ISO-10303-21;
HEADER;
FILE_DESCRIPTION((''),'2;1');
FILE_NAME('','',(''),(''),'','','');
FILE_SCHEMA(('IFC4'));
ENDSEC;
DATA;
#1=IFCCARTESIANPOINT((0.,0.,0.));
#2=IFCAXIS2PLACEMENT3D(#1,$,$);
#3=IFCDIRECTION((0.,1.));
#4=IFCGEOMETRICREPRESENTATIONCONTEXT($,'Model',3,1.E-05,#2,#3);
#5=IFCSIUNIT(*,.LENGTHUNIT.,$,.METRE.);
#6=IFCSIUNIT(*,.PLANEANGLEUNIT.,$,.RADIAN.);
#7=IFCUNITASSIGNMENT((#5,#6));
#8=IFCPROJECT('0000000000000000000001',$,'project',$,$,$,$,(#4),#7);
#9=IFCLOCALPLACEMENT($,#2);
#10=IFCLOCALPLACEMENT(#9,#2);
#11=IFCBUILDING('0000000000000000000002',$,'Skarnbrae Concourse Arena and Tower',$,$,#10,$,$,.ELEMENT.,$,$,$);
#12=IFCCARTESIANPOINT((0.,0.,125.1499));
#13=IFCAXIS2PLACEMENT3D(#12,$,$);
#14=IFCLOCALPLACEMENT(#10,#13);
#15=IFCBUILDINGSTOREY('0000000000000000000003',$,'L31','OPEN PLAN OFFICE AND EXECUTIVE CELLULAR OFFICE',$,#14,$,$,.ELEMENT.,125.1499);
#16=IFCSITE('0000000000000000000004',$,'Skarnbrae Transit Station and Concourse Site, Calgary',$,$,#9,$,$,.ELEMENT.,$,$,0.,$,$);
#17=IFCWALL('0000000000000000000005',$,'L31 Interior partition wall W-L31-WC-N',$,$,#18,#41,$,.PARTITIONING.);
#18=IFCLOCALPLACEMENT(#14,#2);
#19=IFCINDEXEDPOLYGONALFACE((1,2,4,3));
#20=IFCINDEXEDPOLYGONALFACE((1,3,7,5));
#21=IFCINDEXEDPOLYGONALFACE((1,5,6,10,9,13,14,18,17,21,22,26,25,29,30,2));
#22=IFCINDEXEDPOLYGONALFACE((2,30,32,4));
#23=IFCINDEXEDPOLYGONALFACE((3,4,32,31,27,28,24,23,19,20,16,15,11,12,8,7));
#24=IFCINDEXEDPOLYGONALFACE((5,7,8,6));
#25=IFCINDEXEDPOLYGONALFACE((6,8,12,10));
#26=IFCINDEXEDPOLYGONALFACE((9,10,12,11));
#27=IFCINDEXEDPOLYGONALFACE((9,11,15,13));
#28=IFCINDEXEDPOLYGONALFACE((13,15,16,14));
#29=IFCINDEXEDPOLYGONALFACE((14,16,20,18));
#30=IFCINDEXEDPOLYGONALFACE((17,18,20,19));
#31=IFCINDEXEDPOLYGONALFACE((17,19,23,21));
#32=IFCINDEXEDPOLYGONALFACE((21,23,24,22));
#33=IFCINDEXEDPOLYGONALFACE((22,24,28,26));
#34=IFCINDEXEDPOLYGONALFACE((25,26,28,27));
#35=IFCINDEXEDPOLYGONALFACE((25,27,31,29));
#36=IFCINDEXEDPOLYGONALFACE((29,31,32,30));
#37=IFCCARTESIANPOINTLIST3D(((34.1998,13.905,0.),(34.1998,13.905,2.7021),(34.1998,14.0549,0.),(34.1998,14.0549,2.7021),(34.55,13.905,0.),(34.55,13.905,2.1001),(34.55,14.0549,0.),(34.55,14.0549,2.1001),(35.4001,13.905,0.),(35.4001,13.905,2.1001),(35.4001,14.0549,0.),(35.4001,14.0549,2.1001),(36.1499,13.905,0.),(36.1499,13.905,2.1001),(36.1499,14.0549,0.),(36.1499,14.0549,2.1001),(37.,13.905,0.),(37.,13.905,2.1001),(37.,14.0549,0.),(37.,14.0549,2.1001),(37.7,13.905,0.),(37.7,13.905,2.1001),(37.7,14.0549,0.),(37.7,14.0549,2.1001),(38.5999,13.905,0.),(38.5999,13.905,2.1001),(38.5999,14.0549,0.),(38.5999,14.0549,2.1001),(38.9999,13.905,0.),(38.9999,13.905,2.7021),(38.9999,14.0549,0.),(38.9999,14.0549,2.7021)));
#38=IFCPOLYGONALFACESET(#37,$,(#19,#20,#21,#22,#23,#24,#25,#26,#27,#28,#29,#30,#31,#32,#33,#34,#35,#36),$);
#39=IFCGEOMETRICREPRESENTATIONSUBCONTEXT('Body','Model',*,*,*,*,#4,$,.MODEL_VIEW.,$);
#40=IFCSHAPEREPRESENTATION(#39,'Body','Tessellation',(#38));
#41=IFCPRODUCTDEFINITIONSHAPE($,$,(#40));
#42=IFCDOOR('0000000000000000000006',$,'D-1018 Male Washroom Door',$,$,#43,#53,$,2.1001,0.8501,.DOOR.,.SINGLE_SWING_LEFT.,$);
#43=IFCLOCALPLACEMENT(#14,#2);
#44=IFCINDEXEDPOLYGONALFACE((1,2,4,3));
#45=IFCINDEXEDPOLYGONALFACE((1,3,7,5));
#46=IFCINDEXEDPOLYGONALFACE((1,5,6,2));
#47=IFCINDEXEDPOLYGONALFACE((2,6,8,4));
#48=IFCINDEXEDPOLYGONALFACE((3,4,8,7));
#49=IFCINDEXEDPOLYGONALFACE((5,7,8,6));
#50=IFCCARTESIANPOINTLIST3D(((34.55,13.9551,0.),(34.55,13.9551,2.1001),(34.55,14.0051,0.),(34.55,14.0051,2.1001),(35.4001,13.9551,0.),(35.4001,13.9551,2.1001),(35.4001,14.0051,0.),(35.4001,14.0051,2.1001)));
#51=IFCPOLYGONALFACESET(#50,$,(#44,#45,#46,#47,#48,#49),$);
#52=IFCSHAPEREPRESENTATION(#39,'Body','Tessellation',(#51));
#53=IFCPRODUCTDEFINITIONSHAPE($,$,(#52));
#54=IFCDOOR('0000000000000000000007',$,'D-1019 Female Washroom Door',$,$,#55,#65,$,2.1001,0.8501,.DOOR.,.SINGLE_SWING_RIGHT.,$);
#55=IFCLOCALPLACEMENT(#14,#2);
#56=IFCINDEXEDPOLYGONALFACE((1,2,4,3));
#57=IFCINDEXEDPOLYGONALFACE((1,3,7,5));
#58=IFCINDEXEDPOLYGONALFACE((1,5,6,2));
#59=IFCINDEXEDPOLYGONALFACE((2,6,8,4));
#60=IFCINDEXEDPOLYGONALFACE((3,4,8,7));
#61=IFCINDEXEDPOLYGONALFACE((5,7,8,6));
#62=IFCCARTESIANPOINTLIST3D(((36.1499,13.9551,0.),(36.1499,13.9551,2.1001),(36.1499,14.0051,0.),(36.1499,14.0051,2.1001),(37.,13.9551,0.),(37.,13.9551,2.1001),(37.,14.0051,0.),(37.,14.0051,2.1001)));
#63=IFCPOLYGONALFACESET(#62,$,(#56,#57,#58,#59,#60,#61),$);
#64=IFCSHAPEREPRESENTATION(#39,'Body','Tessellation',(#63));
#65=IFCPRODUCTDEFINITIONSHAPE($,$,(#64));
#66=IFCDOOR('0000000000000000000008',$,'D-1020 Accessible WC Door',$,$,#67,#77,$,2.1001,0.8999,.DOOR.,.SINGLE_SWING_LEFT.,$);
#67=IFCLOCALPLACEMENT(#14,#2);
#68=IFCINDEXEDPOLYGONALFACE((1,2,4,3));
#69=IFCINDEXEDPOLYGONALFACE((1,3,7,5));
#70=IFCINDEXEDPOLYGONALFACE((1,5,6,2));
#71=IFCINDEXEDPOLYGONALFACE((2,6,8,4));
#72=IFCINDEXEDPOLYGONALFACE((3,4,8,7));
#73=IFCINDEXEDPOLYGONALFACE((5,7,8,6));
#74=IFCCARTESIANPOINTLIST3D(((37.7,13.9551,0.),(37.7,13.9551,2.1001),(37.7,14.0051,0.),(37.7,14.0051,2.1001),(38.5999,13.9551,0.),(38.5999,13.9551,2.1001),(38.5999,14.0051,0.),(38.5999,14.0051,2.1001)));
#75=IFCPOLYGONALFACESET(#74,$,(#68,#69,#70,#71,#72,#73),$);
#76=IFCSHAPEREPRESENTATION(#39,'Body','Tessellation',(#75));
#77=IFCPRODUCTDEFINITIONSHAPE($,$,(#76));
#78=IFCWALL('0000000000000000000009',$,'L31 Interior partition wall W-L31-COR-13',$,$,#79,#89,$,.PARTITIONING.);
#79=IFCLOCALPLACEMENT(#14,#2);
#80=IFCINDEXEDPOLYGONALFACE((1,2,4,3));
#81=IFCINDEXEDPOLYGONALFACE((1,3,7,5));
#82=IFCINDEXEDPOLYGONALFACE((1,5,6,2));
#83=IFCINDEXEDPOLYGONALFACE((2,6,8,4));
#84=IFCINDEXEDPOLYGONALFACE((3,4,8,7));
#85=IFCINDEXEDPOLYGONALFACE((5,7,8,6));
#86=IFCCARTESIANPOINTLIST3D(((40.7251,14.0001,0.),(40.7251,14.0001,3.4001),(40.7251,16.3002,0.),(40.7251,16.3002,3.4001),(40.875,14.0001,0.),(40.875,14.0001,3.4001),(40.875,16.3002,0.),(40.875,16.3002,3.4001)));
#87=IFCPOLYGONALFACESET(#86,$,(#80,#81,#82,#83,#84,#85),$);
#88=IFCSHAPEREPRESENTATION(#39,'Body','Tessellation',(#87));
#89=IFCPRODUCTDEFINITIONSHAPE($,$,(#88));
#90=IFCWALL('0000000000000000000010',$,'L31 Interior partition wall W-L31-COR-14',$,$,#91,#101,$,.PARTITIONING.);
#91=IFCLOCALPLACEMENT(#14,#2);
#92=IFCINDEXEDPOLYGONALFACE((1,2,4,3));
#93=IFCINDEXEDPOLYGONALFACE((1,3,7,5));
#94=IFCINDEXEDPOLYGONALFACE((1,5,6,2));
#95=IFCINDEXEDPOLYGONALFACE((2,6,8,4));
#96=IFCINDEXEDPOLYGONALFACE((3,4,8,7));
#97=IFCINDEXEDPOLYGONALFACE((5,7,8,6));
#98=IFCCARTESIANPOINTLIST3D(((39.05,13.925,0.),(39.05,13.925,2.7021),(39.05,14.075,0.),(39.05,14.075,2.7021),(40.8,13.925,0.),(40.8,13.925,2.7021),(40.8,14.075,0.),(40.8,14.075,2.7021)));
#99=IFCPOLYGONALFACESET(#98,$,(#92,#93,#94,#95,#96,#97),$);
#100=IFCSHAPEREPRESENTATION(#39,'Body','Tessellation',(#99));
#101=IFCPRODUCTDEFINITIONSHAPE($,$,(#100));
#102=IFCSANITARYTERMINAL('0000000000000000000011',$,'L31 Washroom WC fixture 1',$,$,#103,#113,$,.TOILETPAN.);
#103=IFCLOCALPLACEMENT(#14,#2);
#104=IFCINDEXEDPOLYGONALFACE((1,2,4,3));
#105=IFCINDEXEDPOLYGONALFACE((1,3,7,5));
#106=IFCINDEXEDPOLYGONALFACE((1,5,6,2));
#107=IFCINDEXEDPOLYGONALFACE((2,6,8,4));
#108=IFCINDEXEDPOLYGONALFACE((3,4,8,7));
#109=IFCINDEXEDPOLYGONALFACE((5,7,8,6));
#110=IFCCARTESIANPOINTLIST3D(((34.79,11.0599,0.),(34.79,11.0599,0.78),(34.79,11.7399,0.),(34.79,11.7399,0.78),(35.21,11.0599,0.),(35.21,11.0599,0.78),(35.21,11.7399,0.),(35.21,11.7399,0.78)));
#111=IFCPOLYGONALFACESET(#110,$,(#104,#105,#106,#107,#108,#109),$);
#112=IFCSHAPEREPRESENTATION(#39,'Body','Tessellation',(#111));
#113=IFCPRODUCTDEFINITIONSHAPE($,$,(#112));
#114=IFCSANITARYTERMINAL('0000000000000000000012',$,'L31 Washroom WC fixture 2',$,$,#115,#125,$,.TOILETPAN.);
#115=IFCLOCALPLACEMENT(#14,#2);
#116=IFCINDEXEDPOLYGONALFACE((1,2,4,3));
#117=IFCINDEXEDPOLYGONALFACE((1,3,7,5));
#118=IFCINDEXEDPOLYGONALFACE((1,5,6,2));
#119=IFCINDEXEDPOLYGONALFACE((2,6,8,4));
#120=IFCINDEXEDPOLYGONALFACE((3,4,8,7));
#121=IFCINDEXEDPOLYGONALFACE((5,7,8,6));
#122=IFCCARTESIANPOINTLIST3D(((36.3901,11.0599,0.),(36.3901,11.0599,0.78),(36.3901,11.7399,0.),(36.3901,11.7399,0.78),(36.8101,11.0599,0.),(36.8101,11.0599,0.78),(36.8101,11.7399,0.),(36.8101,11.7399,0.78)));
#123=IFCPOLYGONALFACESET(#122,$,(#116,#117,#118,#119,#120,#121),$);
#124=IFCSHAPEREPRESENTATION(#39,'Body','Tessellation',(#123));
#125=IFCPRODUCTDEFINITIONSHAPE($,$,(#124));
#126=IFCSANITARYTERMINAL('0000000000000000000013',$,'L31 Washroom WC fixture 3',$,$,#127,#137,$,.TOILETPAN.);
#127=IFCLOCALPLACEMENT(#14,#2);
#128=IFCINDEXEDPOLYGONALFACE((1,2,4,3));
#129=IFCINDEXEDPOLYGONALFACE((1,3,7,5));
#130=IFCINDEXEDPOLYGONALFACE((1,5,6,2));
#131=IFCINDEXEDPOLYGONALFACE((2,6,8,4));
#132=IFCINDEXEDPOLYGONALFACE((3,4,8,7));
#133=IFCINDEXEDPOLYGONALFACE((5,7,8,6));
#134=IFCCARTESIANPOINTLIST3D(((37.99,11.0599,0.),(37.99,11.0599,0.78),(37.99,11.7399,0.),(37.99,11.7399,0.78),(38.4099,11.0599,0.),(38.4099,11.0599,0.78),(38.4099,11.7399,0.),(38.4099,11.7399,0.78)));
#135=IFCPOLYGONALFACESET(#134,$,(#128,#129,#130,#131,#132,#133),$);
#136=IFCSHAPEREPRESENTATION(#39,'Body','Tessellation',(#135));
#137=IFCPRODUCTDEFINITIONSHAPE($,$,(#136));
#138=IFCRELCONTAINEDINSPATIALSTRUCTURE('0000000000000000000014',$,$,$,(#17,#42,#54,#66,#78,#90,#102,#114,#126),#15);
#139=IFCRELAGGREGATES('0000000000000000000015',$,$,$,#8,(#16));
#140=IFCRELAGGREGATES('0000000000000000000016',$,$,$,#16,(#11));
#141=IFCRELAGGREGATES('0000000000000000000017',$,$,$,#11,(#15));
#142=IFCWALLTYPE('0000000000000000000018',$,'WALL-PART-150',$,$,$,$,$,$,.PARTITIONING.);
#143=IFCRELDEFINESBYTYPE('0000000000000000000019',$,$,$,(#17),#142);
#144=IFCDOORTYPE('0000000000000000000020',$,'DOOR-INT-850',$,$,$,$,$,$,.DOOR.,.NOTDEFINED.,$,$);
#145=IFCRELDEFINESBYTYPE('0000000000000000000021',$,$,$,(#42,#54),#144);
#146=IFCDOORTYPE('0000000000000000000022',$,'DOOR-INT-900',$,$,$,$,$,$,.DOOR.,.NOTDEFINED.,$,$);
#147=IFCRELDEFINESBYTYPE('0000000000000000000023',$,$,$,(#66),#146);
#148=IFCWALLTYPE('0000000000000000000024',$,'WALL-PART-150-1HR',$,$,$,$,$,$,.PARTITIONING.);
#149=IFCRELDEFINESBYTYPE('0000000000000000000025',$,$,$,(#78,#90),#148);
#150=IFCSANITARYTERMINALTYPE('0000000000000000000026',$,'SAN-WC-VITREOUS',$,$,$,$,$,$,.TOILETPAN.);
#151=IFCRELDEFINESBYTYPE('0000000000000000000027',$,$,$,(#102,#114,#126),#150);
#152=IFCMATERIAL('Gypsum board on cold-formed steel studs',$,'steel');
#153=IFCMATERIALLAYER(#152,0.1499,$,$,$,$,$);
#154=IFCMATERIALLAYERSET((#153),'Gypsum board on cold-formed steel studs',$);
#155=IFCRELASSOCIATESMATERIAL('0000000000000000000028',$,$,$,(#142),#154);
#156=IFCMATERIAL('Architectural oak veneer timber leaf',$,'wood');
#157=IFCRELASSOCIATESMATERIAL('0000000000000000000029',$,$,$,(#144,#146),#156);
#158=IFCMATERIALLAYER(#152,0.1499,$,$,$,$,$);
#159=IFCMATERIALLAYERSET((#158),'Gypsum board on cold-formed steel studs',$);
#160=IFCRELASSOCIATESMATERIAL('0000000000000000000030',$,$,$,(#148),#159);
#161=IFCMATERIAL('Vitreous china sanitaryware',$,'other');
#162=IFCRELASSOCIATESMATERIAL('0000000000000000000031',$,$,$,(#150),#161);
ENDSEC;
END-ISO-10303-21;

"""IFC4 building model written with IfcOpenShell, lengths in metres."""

from ifc_helpers import new_model, si_unit, direction, frame, frame_2d, origin, origin_2d, place, context, subcontext, project, spatial, rectangle, extrude, source, transform, mapped, material, layer, layer_set, type_object, element, fill, save


model = new_model("IFC4")

# Units and contexts
model_context = context("Model", 3, precision=1e-05, world=origin(), true_north=direction((0.0, 1.0)))
body_context = subcontext(model_context, "Body", "Model", "MODEL_VIEW")
ifc_project = project(units=[si_unit("LENGTHUNIT", "METRE"), si_unit("PLANEANGLEUNIT", "RADIAN")], contexts=[model_context])

# Site, building, storey
site_placement = place(None, origin())
site = spatial("IfcSite", under=ifc_project, at=site_placement, Name="Skarnbrae Transit Station and Concourse Site, Calgary", CompositionType="ELEMENT", RefElevation=0.0)
building_placement = place(site_placement, origin())
building = spatial("IfcBuilding", under=site, at=building_placement, Name="Skarnbrae Concourse Arena and Tower", CompositionType="ELEMENT")
storey_placement = place(building_placement, frame((0.0, 0.0, 125.1499)))
storey = spatial("IfcBuildingStorey", under=building, at=storey_placement, Name="L31", Description="OPEN PLAN OFFICE AND EXECUTIVE CELLULAR OFFICE", CompositionType="ELEMENT", Elevation=125.1499)

# Shared definitions
ifc_material_1 = material(Name="Gypsum board on cold-formed steel studs", Category="steel")
ifc_layer_1 = layer(ifc_material_1, 0.1499)
ifc_layer_set_1 = layer_set([ifc_layer_1], Name="Gypsum board on cold-formed steel studs")
wall_type_1 = type_object("IfcWallType", Name="WALL-PART-150", PredefinedType="PARTITIONING", material=ifc_layer_set_1)

# Wall, openings, doors
shared_shape_1 = source(origin(), body_context, "Body", "SweptSolid", [
    extrude(rectangle(XDim=4.8, YDim=0.1499, at=frame_2d((2.3999, 0.0))), origin(), (0.0, 0.0, 1.0), 2.7021),
])
wall_1_placement = place(storey_placement, frame((34.2, 13.98, 0.0), z_axis=(0.0, 0.0, 1.0), x_axis=(1.0, 0.0, 0.0)))
wall_1 = element("IfcWall", 1, at=wall_1_placement, inside=storey, type_object=wall_type_1, Name="L31 Interior partition wall W-L31-WC-N", PredefinedType="PARTITIONING", context=body_context, shape_type="MappedRepresentation", body=[
    mapped(shared_shape_1, transform((0.0, 0.0, 0.0))),
])
opening_1_placement = place(wall_1_placement, frame((0.3501, 0.0, 0.0)))
opening_1 = element("IfcOpeningElement", 2, at=opening_1_placement, cuts=wall_1, PredefinedType="OPENING", context=body_context, shape_type="SweptSolid", body=[
    extrude(rectangle(XDim=0.8501, YDim=2.1001, at=frame_2d((0.425, 1.05))), frame((0.0, 0.085, 0.0), z_axis=(0.0, -1.0, 0.0), x_axis=(1.0, 0.0, 0.0)), (0.0, 0.0, 1.0), 0.1699),
])
opening_2_placement = place(wall_1_placement, frame((1.95, 0.0, 0.0)))
opening_2 = element("IfcOpeningElement", 3, at=opening_2_placement, cuts=wall_1, PredefinedType="OPENING", context=body_context, shape_type="SweptSolid", body=[
    extrude(rectangle(XDim=0.8501, YDim=2.1001, at=frame_2d((0.425, 1.05))), frame((0.0, 0.085, 0.0), z_axis=(0.0, -1.0, 0.0), x_axis=(1.0, 0.0, 0.0)), (0.0, 0.0, 1.0), 0.1699),
])
opening_3_placement = place(wall_1_placement, frame((3.5, 0.0, 0.0)))
opening_3 = element("IfcOpeningElement", 4, at=opening_3_placement, cuts=wall_1, PredefinedType="OPENING", context=body_context, shape_type="SweptSolid", body=[
    extrude(rectangle(XDim=0.8999, YDim=2.1001, at=frame_2d((0.45, 1.05))), frame((0.0, 0.085, 0.0), z_axis=(0.0, -1.0, 0.0), x_axis=(1.0, 0.0, 0.0)), (0.0, 0.0, 1.0), 0.1699),
])
ifc_material_2 = material(Name="Architectural oak veneer timber leaf", Category="wood")
door_type_1 = type_object("IfcDoorType", Name="DOOR-INT-850", OperationType="NOTDEFINED", PredefinedType="DOOR", material=ifc_material_2)
shared_shape_2 = source(origin(), body_context, "Body", "SweptSolid", [
    extrude(rectangle(XDim=0.8501, YDim=2.1001, at=frame_2d((0.425, 1.05))), frame((0.0, 0.0249, 0.0), z_axis=(0.0, -1.0, 0.0), x_axis=(1.0, 0.0, 0.0)), (0.0, 0.0, 1.0), 0.05),
])
door_1_placement = place(opening_1_placement, frame((0.8501, 0.0, 0.0), z_axis=(0.0, 0.0, 1.0), x_axis=(-1.0, 0.0, 0.0)))
door_1 = element("IfcDoor", 5, at=door_1_placement, inside=storey, type_object=door_type_1, Name="D-1018 Male Washroom Door", OperationType="SINGLE_SWING_LEFT", OverallHeight=2.1001, OverallWidth=0.8501, PredefinedType="DOOR", context=body_context, shape_type="MappedRepresentation", body=[
    mapped(shared_shape_2, transform((0.0, 0.0, 0.0))),
])
fill(opening_1, door_1)
door_2_placement = place(opening_2_placement, frame((0.8501, 0.0, 0.0), z_axis=(0.0, 0.0, 1.0), x_axis=(-1.0, 0.0, 0.0)))
door_2 = element("IfcDoor", 6, at=door_2_placement, inside=storey, type_object=door_type_1, Name="D-1019 Female Washroom Door", OperationType="SINGLE_SWING_RIGHT", OverallHeight=2.1001, OverallWidth=0.8501, PredefinedType="DOOR", context=body_context, shape_type="MappedRepresentation", body=[
    mapped(shared_shape_2, transform((0.0, 0.0, 0.0))),
])
fill(opening_2, door_2)
door_type_2 = type_object("IfcDoorType", Name="DOOR-INT-900", OperationType="NOTDEFINED", PredefinedType="DOOR", material=ifc_material_2)
shared_shape_3 = source(origin(), body_context, "Body", "SweptSolid", [
    extrude(rectangle(XDim=0.8999, YDim=2.1001, at=frame_2d((0.45, 1.05))), frame((0.0, 0.0249, 0.0), z_axis=(0.0, -1.0, 0.0), x_axis=(1.0, 0.0, 0.0)), (0.0, 0.0, 1.0), 0.05),
])
door_3_placement = place(opening_3_placement, frame((0.8999, 0.0, 0.0), z_axis=(0.0, 0.0, 1.0), x_axis=(-1.0, 0.0, 0.0)))
door_3 = element("IfcDoor", 7, at=door_3_placement, inside=storey, type_object=door_type_2, Name="D-1020 Accessible WC Door", OperationType="SINGLE_SWING_LEFT", OverallHeight=2.1001, OverallWidth=0.8999, PredefinedType="DOOR", context=body_context, shape_type="MappedRepresentation", body=[
    mapped(shared_shape_3, transform((0.0, 0.0, 0.0))),
])
fill(opening_3, door_3)

# Walls
ifc_layer_2 = layer(ifc_material_1, 0.1499)
ifc_layer_set_2 = layer_set([ifc_layer_2], Name="Gypsum board on cold-formed steel studs")
wall_type_2 = type_object("IfcWallType", Name="WALL-PART-150-1HR", PredefinedType="PARTITIONING", material=ifc_layer_set_2)
shared_shape_4 = source(origin(), body_context, "Body", "SweptSolid", [
    extrude(rectangle(XDim=2.3, YDim=0.1499, at=frame_2d((1.1499, 0.0))), origin(), (0.0, 0.0, 1.0), 3.4001),
])
wall_2_placement = place(storey_placement, frame((40.8, 16.3, 0.0), z_axis=(0.0, 0.0, 1.0), x_axis=(0.0, -1.0, 0.0)))
element("IfcWall", 8, at=wall_2_placement, inside=storey, type_object=wall_type_2, Name="L31 Interior partition wall W-L31-COR-13", PredefinedType="PARTITIONING", context=body_context, shape_type="MappedRepresentation", body=[
    mapped(shared_shape_4, transform((0.0, 0.0, 0.0))),
])
shared_shape_5 = source(origin(), body_context, "Body", "SweptSolid", [
    extrude(rectangle(XDim=1.75, YDim=0.1499, at=frame_2d((0.875, 0.0))), origin(), (0.0, 0.0, 1.0), 2.7021),
])
wall_3_placement = place(storey_placement, frame((40.8, 14.0, 0.0), z_axis=(0.0, 0.0, 1.0), x_axis=(-1.0, 0.0, 0.0)))
element("IfcWall", 9, at=wall_3_placement, inside=storey, type_object=wall_type_2, Name="L31 Interior partition wall W-L31-COR-14", PredefinedType="PARTITIONING", context=body_context, shape_type="MappedRepresentation", body=[
    mapped(shared_shape_5, transform((0.0, 0.0, 0.0))),
])

# Sanitary terminals
ifc_material_3 = material(Name="Vitreous china sanitaryware", Category="other")
sanitary_terminal_type = type_object("IfcSanitaryTerminalType", Name="SAN-WC-VITREOUS", PredefinedType="TOILETPAN", material=ifc_material_3)
shared_shape_6 = source(origin(), body_context, "Body", "SweptSolid", [
    extrude(rectangle(XDim=0.4199, YDim=0.6799, at=origin_2d()), origin(), (0.0, 0.0, 1.0), 0.78),
])
for number, where, z_axis, x_axis, name in (
    (10, (35.0, 11.3999, 0.0), (0.0, 0.0, 1.0), (1.0, 0.0, 0.0), "L31 Washroom WC fixture 1"),
    (11, (36.6001, 11.3999, 0.0), (0.0, 0.0, 1.0), (1.0, 0.0, 0.0), "L31 Washroom WC fixture 2"),
    (12, (38.2, 11.3999, 0.0), (0.0, 0.0, 1.0), (1.0, 0.0, 0.0), "L31 Washroom WC fixture 3"),
):
    element("IfcSanitaryTerminal", number, at=place(storey_placement, frame(where, z_axis=z_axis, x_axis=x_axis)), inside=storey, type_object=sanitary_terminal_type, Name=name, PredefinedType="TOILETPAN", context=body_context, shape_type="MappedRepresentation", body=[
        mapped(shared_shape_6, transform((0.0, 0.0, 0.0))),
    ])

save(model, "model.ifc")
